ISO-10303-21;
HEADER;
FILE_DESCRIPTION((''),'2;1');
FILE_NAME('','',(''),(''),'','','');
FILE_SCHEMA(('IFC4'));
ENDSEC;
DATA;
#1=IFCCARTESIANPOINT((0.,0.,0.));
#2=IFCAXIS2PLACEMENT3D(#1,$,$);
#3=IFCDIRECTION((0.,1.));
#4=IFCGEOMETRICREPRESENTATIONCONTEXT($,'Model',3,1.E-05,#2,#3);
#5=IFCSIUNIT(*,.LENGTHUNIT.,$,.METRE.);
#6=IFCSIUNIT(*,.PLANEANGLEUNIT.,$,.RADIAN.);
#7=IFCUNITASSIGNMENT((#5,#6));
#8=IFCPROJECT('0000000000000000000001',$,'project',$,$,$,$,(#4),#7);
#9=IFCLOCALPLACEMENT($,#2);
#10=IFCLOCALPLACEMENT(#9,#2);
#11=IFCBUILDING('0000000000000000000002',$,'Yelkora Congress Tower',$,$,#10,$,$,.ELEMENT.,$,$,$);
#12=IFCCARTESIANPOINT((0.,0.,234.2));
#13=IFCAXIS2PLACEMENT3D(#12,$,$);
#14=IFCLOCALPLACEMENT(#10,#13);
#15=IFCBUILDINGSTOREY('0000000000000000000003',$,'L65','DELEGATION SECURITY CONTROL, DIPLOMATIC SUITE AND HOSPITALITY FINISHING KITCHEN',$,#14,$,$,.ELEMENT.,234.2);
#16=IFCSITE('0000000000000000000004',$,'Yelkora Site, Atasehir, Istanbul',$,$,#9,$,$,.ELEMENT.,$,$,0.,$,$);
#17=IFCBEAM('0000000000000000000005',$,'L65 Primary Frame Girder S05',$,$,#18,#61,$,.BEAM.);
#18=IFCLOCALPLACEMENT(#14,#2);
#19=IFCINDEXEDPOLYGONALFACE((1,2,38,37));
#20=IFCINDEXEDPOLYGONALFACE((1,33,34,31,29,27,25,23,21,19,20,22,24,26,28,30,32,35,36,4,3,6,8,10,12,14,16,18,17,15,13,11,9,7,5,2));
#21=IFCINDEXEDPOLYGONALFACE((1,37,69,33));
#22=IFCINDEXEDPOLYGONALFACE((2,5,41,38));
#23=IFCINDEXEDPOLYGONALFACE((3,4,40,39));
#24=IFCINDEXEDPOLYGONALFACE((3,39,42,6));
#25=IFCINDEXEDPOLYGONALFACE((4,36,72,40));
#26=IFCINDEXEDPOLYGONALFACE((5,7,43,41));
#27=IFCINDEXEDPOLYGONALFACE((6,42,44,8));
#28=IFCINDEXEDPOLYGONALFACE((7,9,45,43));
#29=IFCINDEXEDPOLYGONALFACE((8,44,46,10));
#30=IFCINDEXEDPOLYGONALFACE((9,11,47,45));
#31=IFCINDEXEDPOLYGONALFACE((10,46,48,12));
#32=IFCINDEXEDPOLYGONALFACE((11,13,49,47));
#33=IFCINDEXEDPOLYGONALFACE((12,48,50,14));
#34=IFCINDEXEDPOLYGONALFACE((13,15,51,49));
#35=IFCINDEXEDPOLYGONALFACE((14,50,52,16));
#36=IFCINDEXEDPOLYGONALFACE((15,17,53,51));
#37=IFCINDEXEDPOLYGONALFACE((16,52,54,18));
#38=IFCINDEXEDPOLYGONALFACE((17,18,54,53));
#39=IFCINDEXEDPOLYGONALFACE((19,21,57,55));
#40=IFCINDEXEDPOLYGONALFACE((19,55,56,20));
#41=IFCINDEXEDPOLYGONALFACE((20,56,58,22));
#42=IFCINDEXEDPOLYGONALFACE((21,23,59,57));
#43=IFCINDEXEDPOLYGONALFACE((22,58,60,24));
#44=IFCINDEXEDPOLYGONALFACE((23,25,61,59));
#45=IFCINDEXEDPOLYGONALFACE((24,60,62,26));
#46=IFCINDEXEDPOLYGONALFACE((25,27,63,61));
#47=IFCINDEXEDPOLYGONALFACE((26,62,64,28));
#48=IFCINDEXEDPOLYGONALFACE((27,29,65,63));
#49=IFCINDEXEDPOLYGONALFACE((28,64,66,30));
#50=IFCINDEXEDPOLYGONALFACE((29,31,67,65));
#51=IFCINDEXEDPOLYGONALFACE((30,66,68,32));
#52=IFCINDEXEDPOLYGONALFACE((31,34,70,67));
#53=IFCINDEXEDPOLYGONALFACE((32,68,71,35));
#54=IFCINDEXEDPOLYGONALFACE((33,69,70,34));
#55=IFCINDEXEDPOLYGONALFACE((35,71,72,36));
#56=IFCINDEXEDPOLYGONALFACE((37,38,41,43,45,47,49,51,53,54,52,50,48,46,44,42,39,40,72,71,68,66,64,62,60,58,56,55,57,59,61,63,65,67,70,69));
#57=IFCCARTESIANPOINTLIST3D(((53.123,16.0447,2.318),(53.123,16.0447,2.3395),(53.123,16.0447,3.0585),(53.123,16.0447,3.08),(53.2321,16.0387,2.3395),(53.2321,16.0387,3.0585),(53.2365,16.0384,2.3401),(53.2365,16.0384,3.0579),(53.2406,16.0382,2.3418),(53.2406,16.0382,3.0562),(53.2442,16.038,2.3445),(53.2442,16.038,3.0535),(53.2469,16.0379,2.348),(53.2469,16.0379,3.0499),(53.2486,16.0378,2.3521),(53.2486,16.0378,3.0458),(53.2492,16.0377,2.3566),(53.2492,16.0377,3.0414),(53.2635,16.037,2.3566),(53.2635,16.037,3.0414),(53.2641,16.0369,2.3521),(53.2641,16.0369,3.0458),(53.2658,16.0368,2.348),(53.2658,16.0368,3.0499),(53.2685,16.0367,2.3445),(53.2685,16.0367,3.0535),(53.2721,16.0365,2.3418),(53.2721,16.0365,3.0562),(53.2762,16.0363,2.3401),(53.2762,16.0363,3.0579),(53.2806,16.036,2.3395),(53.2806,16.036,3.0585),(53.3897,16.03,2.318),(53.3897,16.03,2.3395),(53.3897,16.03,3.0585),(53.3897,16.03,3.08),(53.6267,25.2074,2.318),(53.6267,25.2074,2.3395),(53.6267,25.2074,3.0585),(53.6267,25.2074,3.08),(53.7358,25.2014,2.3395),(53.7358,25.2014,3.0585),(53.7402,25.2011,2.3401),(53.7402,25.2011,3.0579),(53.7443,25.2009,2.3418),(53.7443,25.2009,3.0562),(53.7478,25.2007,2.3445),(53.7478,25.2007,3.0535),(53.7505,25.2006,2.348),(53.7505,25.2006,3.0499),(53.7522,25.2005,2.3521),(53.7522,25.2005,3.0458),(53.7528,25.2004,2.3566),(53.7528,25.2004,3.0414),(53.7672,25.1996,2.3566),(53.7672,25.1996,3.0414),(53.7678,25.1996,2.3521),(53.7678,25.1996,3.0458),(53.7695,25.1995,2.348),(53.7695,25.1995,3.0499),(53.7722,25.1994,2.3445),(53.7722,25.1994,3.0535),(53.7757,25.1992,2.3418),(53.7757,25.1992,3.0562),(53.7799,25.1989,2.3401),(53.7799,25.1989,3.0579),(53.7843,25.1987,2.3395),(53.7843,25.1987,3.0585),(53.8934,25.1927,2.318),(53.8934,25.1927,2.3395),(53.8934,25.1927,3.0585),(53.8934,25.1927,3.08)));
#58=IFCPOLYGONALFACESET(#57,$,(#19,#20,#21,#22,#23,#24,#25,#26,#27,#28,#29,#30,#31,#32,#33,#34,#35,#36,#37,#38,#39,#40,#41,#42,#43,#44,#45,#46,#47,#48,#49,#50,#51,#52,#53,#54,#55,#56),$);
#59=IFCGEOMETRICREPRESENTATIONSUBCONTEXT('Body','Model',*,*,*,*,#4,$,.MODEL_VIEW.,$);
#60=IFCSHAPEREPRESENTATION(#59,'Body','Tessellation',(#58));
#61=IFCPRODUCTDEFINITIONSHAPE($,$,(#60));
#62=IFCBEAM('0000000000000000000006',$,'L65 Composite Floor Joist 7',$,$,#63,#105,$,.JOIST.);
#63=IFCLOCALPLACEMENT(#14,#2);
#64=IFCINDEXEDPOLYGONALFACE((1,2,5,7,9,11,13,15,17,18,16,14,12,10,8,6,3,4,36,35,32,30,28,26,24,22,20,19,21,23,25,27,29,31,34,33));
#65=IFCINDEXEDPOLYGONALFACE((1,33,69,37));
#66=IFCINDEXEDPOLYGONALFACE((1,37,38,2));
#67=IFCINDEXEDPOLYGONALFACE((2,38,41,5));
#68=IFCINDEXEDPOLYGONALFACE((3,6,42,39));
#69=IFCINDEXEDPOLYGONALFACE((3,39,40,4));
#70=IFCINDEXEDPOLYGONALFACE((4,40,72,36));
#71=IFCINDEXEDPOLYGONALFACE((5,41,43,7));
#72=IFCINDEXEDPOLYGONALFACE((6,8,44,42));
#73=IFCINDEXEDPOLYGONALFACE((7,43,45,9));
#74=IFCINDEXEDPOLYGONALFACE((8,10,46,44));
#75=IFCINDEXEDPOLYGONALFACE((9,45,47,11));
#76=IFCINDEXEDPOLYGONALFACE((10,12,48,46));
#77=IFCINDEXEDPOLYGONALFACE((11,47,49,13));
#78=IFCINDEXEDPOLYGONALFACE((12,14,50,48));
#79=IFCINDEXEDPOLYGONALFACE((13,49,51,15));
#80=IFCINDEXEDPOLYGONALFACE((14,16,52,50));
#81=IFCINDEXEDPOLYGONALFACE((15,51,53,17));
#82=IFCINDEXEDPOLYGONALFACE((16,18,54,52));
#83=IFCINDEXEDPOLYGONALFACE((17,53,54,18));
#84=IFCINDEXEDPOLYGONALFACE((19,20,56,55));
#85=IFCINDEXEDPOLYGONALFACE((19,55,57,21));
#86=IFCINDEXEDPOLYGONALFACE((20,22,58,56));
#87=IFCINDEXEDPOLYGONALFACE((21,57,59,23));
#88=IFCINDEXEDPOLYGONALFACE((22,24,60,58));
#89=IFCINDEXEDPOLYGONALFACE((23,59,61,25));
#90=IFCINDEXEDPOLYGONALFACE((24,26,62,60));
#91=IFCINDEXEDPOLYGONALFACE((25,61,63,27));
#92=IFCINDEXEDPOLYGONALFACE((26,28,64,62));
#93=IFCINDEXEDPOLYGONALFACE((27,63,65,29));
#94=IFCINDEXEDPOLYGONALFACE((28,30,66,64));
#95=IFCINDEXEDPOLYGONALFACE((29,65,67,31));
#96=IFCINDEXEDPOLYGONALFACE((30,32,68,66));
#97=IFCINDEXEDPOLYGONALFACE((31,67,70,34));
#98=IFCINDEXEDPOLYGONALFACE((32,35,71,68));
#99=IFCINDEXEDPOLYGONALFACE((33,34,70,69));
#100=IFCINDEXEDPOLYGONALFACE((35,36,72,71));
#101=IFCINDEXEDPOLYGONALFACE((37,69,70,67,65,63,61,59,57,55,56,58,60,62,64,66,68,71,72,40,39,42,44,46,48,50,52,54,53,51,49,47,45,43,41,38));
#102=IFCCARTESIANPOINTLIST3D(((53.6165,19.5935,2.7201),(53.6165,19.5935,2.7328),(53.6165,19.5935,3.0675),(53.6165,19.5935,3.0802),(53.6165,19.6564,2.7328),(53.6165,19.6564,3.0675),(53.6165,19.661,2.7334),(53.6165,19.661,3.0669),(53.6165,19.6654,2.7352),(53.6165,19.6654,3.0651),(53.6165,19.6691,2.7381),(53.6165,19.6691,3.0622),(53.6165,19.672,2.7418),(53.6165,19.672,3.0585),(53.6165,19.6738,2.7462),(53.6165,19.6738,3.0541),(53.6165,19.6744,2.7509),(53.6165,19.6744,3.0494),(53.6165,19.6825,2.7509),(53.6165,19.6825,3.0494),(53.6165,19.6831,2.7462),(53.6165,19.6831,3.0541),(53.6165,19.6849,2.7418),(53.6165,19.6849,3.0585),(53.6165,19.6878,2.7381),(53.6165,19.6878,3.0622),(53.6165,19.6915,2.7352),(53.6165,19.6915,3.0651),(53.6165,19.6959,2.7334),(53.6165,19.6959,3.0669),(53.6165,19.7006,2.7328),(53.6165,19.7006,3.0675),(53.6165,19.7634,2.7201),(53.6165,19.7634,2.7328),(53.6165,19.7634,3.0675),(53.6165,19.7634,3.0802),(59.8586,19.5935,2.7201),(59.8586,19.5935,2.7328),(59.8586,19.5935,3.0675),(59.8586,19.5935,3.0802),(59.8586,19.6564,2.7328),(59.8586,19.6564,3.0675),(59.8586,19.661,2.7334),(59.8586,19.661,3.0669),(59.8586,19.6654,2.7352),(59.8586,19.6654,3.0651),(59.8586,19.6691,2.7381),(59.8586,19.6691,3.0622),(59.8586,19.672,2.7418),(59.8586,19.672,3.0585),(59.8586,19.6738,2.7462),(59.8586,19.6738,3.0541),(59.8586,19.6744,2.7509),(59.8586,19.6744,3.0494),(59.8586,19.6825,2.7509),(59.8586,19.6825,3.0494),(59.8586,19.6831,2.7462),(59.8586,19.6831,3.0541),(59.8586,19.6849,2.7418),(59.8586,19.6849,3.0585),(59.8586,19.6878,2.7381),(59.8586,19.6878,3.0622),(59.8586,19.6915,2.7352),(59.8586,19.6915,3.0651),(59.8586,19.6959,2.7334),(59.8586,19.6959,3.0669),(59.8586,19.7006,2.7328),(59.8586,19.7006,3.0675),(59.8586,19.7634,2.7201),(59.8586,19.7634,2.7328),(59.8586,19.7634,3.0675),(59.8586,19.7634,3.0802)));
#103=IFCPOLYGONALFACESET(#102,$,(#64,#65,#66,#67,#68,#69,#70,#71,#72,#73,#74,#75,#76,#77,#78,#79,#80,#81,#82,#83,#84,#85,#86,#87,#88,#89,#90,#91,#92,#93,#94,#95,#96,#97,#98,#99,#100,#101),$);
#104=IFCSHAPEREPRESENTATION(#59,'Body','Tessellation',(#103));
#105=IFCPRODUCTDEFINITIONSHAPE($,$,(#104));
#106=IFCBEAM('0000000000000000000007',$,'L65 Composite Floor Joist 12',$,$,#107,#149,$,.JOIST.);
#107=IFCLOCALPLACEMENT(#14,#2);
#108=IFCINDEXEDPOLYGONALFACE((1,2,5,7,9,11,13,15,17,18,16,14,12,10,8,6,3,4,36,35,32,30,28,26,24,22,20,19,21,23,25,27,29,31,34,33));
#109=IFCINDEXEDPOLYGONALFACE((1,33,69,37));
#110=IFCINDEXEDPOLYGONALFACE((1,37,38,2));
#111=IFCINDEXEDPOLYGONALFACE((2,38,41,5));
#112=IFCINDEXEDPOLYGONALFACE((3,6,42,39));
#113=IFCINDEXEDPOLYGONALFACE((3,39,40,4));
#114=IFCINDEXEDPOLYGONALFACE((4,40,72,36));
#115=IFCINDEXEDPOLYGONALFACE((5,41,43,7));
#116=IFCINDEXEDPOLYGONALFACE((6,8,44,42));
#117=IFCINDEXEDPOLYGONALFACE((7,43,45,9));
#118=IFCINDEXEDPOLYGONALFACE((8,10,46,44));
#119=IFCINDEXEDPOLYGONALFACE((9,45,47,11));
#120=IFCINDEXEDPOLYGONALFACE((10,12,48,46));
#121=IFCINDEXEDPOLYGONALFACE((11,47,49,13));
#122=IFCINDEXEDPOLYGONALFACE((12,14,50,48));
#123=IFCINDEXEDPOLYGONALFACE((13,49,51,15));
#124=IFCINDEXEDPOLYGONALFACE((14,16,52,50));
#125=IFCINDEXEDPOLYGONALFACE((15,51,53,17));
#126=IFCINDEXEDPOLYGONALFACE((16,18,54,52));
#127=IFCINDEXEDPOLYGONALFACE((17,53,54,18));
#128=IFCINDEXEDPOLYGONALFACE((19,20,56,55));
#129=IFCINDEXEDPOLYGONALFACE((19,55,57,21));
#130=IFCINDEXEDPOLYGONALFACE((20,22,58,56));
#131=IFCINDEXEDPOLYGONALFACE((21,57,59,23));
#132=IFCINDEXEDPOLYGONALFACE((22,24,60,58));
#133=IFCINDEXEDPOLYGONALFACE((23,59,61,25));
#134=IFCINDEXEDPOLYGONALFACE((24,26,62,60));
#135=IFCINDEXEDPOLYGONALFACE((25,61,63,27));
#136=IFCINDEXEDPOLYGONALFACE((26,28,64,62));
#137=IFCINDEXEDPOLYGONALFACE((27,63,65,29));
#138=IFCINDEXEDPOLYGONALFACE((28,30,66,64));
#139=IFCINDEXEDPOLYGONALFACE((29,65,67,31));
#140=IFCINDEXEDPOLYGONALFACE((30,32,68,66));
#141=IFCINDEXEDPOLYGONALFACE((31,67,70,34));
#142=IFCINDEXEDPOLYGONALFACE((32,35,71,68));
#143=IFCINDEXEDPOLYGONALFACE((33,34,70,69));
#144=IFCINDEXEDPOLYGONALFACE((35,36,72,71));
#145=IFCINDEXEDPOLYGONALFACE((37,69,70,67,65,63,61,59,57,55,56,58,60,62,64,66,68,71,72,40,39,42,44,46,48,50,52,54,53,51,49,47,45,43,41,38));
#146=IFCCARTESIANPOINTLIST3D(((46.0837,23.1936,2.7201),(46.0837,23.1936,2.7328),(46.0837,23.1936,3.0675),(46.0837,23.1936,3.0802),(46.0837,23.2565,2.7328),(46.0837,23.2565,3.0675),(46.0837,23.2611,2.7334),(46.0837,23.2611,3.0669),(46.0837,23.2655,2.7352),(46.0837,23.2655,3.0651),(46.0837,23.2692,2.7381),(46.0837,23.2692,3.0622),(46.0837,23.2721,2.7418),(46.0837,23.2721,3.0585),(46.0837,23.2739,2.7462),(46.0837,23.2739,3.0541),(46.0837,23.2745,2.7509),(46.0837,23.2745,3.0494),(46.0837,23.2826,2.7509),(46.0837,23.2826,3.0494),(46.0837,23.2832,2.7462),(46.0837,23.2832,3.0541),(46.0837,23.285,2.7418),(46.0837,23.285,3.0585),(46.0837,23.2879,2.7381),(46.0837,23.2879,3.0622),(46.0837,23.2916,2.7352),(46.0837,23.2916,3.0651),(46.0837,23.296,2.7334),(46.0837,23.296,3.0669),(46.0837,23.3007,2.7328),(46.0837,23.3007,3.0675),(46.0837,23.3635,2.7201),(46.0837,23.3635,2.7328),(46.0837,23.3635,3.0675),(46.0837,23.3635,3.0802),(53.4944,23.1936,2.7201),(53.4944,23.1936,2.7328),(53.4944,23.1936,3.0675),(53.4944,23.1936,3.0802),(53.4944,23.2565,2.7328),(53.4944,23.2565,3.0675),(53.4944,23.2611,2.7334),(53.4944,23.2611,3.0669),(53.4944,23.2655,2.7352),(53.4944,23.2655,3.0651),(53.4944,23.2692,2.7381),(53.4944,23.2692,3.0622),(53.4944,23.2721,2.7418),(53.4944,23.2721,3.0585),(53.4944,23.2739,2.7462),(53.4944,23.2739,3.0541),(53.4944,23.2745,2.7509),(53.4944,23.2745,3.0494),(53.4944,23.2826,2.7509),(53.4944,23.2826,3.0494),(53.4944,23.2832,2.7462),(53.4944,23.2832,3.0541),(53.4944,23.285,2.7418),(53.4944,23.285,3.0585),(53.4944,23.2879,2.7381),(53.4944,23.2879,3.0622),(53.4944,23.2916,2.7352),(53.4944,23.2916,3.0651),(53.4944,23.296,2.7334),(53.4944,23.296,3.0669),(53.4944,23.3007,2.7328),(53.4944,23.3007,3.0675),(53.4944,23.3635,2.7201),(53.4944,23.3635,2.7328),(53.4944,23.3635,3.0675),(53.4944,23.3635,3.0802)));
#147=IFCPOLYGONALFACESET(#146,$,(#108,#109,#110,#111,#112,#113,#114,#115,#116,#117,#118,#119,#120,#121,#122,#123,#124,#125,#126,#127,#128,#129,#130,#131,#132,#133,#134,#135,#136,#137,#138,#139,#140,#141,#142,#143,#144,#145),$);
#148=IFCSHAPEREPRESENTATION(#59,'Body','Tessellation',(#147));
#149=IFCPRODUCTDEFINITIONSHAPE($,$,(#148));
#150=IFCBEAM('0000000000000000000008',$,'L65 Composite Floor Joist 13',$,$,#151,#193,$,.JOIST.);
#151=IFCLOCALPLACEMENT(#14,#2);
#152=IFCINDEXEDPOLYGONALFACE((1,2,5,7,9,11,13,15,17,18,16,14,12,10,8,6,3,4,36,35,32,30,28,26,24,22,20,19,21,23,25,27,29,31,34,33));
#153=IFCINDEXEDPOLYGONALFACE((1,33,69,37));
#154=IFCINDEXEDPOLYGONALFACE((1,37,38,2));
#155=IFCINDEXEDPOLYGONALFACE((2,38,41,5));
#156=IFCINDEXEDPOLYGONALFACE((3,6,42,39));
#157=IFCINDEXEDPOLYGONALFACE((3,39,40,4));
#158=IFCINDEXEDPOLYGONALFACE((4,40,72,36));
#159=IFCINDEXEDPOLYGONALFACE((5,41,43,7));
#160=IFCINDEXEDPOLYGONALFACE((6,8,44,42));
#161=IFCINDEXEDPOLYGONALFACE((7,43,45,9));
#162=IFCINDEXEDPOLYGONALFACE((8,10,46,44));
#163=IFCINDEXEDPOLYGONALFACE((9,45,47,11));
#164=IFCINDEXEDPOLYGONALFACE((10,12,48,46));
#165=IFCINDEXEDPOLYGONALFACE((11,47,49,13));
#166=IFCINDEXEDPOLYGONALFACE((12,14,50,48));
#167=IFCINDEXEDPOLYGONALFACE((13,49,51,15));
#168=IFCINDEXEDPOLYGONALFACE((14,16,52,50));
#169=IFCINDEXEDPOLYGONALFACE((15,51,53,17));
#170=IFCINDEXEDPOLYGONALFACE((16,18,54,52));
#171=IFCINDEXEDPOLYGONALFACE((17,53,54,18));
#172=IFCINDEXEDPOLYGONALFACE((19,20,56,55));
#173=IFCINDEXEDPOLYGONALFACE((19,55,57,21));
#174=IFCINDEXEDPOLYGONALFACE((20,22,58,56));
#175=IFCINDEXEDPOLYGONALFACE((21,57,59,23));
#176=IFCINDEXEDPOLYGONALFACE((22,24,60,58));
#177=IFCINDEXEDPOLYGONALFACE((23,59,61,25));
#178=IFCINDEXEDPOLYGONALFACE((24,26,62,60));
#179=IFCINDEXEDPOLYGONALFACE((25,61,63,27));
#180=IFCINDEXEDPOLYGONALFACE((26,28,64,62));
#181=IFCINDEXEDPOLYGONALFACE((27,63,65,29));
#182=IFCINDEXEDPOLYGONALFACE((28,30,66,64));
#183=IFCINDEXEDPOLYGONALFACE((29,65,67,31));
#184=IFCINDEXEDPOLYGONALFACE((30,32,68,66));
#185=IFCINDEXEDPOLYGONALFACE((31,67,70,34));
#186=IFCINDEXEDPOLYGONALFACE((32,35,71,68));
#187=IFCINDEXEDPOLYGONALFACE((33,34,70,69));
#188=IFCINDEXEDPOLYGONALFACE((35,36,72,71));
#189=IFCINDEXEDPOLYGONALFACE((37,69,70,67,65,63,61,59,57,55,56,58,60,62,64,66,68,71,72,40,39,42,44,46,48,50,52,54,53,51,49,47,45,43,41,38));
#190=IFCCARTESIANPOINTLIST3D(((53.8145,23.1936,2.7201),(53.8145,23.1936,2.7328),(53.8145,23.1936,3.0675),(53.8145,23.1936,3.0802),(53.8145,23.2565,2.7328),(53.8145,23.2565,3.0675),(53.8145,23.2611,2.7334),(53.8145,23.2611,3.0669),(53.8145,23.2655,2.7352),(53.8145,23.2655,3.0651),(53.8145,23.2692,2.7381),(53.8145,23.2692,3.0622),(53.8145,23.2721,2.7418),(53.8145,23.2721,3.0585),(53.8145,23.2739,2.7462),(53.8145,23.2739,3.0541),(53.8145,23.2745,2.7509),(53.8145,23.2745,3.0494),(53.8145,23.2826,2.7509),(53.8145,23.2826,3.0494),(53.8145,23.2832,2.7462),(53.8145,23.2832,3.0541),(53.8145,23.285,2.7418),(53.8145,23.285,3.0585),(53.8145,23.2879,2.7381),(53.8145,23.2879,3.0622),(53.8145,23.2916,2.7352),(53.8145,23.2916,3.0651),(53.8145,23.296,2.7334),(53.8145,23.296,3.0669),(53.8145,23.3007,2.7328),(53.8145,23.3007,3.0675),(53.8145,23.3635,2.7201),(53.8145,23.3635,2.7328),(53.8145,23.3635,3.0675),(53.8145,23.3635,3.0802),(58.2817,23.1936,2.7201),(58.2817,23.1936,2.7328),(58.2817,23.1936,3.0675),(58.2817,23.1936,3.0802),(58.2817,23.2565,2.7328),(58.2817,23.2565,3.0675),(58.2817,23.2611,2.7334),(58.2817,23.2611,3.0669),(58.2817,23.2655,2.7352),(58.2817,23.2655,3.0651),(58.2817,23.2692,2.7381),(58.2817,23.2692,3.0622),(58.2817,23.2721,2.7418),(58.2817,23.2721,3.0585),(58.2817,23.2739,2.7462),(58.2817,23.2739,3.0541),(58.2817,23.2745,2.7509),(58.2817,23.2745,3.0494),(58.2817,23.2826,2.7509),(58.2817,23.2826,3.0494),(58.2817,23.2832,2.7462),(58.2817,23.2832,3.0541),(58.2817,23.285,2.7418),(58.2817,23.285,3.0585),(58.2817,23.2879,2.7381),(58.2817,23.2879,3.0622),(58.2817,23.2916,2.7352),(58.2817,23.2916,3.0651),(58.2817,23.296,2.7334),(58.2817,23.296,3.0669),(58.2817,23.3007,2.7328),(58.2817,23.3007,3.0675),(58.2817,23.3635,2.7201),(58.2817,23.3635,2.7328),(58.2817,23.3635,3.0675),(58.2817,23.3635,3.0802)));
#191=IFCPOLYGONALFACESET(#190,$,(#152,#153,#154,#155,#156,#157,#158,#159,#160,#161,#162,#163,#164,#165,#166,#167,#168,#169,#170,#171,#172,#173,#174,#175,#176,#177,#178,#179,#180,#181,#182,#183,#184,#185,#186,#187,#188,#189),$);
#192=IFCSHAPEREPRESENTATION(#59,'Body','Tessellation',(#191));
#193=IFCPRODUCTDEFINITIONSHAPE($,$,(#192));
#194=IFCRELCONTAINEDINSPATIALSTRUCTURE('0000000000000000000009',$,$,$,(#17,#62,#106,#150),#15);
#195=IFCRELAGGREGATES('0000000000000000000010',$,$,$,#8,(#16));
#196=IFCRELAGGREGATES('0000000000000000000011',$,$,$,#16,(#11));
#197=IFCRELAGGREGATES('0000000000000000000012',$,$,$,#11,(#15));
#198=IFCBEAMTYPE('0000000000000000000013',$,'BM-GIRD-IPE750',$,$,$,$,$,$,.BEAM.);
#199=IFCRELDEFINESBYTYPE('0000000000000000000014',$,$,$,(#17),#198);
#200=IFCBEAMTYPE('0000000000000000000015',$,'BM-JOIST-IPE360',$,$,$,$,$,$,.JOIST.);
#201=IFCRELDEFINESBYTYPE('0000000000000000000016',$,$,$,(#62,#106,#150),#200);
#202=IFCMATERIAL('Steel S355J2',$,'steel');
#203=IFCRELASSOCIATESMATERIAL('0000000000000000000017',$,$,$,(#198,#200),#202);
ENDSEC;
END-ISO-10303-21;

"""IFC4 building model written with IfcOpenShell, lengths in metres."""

from ifc_helpers import new_model, si_unit, direction, frame, origin, origin_2d, place, context, subcontext, project, spatial, i_section, extrude, material, material_profile, profile_set, type_object, element, save


model = new_model("IFC4")

# Units and contexts
model_context = context("Model", 3, precision=1e-05, world=origin(), true_north=direction((0.0, 1.0)))
body_context = subcontext(model_context, "Body", "Model", "MODEL_VIEW")
ifc_project = project(units=[si_unit("LENGTHUNIT", "METRE"), si_unit("PLANEANGLEUNIT", "RADIAN")], contexts=[model_context])

# Site, building, storey
site_placement = place(None, origin())
site = spatial("IfcSite", under=ifc_project, at=site_placement, Name="Yelkora Site, Atasehir, Istanbul", CompositionType="ELEMENT", RefElevation=0.0)
building_placement = place(site_placement, origin())
building = spatial("IfcBuilding", under=site, at=building_placement, Name="Yelkora Congress Tower", CompositionType="ELEMENT")
storey_placement = place(building_placement, frame((0.0, 0.0, 234.2)))
storey = spatial("IfcBuildingStorey", under=building, at=storey_placement, Name="L65", Description="DELEGATION SECURITY CONTROL, DIPLOMATIC SUITE AND HOSPITALITY FINISHING KITCHEN", CompositionType="ELEMENT", Elevation=234.2)

# Shared definitions
ifc_material_1 = material(Name="Steel S355J2", Category="steel")

# Beams
ifc_material_profile_1 = material_profile(ifc_material_1, i_section(OverallWidth=0.2671, OverallDepth=0.762, WebThickness=0.0144, FlangeThickness=0.0215, FilletRadius=0.0171, at=origin_2d()), Name="IPE 750x173")
ifc_profile_set_1 = profile_set([ifc_material_profile_1], Name="Steel S355J2")
beam_type_1 = type_object("IfcBeamType", Name="BM-GIRD-IPE750", PredefinedType="BEAM", material=ifc_profile_set_1)
beam_1_placement = place(storey_placement, frame((53.2563, 16.0374, 2.699), z_axis=(0.054886, 0.998493, 0.0), x_axis=(-0.998493, 0.054886, 0.0)))
element("IfcBeam", 1, at=beam_1_placement, inside=storey, type_object=beam_type_1, Name="L65 Primary Frame Girder S05", PredefinedType="BEAM", context=body_context, shape_type="SweptSolid", body=[
    extrude(i_section(OverallWidth=0.2671, OverallDepth=0.762, WebThickness=0.0144, FlangeThickness=0.0215, FilletRadius=0.0171, at=origin_2d()), origin(), (0.0, 0.0, 1.0), 9.1765),
])
ifc_material_profile_2 = material_profile(ifc_material_1, i_section(OverallWidth=0.1699, OverallDepth=0.3601, WebThickness=0.0081, FlangeThickness=0.0127, FilletRadius=0.0181, at=origin_2d()), Name="IPE 360")
ifc_profile_set_2 = profile_set([ifc_material_profile_2], Name="Steel S355J2")
beam_type_2 = type_object("IfcBeamType", Name="BM-JOIST-IPE360", PredefinedType="JOIST", material=ifc_profile_set_2)
beam_2_placement = place(storey_placement, frame((53.6165, 19.6785, 2.9001), z_axis=(1.0, 0.0, 0.0), x_axis=(0.0, 1.0, 0.0)))
element("IfcBeam", 2, at=beam_2_placement, inside=storey, type_object=beam_type_2, Name="L65 Composite Floor Joist 7", PredefinedType="JOIST", context=body_context, shape_type="SweptSolid", body=[
    extrude(i_section(OverallWidth=0.1699, OverallDepth=0.3601, WebThickness=0.0081, FlangeThickness=0.0127, FilletRadius=0.0181, at=origin_2d()), origin(), (0.0, 0.0, 1.0), 6.2422),
])
beam_3_placement = place(storey_placement, frame((46.0837, 23.2786, 2.9001), z_axis=(1.0, 0.0, 0.0), x_axis=(0.0, 1.0, 0.0)))
element("IfcBeam", 3, at=beam_3_placement, inside=storey, type_object=beam_type_2, Name="L65 Composite Floor Joist 12", PredefinedType="JOIST", context=body_context, shape_type="SweptSolid", body=[
    extrude(i_section(OverallWidth=0.1699, OverallDepth=0.3601, WebThickness=0.0081, FlangeThickness=0.0127, FilletRadius=0.0181, at=origin_2d()), origin(), (0.0, 0.0, 1.0), 7.4106),
])
beam_4_placement = place(storey_placement, frame((53.8145, 23.2786, 2.9001), z_axis=(1.0, 0.0, 0.0), x_axis=(0.0, 1.0, 0.0)))
element("IfcBeam", 4, at=beam_4_placement, inside=storey, type_object=beam_type_2, Name="L65 Composite Floor Joist 13", PredefinedType="JOIST", context=body_context, shape_type="SweptSolid", body=[
    extrude(i_section(OverallWidth=0.1699, OverallDepth=0.3601, WebThickness=0.0081, FlangeThickness=0.0127, FilletRadius=0.0181, at=origin_2d()), origin(), (0.0, 0.0, 1.0), 4.4673),
])

save(model, "model.ifc")
